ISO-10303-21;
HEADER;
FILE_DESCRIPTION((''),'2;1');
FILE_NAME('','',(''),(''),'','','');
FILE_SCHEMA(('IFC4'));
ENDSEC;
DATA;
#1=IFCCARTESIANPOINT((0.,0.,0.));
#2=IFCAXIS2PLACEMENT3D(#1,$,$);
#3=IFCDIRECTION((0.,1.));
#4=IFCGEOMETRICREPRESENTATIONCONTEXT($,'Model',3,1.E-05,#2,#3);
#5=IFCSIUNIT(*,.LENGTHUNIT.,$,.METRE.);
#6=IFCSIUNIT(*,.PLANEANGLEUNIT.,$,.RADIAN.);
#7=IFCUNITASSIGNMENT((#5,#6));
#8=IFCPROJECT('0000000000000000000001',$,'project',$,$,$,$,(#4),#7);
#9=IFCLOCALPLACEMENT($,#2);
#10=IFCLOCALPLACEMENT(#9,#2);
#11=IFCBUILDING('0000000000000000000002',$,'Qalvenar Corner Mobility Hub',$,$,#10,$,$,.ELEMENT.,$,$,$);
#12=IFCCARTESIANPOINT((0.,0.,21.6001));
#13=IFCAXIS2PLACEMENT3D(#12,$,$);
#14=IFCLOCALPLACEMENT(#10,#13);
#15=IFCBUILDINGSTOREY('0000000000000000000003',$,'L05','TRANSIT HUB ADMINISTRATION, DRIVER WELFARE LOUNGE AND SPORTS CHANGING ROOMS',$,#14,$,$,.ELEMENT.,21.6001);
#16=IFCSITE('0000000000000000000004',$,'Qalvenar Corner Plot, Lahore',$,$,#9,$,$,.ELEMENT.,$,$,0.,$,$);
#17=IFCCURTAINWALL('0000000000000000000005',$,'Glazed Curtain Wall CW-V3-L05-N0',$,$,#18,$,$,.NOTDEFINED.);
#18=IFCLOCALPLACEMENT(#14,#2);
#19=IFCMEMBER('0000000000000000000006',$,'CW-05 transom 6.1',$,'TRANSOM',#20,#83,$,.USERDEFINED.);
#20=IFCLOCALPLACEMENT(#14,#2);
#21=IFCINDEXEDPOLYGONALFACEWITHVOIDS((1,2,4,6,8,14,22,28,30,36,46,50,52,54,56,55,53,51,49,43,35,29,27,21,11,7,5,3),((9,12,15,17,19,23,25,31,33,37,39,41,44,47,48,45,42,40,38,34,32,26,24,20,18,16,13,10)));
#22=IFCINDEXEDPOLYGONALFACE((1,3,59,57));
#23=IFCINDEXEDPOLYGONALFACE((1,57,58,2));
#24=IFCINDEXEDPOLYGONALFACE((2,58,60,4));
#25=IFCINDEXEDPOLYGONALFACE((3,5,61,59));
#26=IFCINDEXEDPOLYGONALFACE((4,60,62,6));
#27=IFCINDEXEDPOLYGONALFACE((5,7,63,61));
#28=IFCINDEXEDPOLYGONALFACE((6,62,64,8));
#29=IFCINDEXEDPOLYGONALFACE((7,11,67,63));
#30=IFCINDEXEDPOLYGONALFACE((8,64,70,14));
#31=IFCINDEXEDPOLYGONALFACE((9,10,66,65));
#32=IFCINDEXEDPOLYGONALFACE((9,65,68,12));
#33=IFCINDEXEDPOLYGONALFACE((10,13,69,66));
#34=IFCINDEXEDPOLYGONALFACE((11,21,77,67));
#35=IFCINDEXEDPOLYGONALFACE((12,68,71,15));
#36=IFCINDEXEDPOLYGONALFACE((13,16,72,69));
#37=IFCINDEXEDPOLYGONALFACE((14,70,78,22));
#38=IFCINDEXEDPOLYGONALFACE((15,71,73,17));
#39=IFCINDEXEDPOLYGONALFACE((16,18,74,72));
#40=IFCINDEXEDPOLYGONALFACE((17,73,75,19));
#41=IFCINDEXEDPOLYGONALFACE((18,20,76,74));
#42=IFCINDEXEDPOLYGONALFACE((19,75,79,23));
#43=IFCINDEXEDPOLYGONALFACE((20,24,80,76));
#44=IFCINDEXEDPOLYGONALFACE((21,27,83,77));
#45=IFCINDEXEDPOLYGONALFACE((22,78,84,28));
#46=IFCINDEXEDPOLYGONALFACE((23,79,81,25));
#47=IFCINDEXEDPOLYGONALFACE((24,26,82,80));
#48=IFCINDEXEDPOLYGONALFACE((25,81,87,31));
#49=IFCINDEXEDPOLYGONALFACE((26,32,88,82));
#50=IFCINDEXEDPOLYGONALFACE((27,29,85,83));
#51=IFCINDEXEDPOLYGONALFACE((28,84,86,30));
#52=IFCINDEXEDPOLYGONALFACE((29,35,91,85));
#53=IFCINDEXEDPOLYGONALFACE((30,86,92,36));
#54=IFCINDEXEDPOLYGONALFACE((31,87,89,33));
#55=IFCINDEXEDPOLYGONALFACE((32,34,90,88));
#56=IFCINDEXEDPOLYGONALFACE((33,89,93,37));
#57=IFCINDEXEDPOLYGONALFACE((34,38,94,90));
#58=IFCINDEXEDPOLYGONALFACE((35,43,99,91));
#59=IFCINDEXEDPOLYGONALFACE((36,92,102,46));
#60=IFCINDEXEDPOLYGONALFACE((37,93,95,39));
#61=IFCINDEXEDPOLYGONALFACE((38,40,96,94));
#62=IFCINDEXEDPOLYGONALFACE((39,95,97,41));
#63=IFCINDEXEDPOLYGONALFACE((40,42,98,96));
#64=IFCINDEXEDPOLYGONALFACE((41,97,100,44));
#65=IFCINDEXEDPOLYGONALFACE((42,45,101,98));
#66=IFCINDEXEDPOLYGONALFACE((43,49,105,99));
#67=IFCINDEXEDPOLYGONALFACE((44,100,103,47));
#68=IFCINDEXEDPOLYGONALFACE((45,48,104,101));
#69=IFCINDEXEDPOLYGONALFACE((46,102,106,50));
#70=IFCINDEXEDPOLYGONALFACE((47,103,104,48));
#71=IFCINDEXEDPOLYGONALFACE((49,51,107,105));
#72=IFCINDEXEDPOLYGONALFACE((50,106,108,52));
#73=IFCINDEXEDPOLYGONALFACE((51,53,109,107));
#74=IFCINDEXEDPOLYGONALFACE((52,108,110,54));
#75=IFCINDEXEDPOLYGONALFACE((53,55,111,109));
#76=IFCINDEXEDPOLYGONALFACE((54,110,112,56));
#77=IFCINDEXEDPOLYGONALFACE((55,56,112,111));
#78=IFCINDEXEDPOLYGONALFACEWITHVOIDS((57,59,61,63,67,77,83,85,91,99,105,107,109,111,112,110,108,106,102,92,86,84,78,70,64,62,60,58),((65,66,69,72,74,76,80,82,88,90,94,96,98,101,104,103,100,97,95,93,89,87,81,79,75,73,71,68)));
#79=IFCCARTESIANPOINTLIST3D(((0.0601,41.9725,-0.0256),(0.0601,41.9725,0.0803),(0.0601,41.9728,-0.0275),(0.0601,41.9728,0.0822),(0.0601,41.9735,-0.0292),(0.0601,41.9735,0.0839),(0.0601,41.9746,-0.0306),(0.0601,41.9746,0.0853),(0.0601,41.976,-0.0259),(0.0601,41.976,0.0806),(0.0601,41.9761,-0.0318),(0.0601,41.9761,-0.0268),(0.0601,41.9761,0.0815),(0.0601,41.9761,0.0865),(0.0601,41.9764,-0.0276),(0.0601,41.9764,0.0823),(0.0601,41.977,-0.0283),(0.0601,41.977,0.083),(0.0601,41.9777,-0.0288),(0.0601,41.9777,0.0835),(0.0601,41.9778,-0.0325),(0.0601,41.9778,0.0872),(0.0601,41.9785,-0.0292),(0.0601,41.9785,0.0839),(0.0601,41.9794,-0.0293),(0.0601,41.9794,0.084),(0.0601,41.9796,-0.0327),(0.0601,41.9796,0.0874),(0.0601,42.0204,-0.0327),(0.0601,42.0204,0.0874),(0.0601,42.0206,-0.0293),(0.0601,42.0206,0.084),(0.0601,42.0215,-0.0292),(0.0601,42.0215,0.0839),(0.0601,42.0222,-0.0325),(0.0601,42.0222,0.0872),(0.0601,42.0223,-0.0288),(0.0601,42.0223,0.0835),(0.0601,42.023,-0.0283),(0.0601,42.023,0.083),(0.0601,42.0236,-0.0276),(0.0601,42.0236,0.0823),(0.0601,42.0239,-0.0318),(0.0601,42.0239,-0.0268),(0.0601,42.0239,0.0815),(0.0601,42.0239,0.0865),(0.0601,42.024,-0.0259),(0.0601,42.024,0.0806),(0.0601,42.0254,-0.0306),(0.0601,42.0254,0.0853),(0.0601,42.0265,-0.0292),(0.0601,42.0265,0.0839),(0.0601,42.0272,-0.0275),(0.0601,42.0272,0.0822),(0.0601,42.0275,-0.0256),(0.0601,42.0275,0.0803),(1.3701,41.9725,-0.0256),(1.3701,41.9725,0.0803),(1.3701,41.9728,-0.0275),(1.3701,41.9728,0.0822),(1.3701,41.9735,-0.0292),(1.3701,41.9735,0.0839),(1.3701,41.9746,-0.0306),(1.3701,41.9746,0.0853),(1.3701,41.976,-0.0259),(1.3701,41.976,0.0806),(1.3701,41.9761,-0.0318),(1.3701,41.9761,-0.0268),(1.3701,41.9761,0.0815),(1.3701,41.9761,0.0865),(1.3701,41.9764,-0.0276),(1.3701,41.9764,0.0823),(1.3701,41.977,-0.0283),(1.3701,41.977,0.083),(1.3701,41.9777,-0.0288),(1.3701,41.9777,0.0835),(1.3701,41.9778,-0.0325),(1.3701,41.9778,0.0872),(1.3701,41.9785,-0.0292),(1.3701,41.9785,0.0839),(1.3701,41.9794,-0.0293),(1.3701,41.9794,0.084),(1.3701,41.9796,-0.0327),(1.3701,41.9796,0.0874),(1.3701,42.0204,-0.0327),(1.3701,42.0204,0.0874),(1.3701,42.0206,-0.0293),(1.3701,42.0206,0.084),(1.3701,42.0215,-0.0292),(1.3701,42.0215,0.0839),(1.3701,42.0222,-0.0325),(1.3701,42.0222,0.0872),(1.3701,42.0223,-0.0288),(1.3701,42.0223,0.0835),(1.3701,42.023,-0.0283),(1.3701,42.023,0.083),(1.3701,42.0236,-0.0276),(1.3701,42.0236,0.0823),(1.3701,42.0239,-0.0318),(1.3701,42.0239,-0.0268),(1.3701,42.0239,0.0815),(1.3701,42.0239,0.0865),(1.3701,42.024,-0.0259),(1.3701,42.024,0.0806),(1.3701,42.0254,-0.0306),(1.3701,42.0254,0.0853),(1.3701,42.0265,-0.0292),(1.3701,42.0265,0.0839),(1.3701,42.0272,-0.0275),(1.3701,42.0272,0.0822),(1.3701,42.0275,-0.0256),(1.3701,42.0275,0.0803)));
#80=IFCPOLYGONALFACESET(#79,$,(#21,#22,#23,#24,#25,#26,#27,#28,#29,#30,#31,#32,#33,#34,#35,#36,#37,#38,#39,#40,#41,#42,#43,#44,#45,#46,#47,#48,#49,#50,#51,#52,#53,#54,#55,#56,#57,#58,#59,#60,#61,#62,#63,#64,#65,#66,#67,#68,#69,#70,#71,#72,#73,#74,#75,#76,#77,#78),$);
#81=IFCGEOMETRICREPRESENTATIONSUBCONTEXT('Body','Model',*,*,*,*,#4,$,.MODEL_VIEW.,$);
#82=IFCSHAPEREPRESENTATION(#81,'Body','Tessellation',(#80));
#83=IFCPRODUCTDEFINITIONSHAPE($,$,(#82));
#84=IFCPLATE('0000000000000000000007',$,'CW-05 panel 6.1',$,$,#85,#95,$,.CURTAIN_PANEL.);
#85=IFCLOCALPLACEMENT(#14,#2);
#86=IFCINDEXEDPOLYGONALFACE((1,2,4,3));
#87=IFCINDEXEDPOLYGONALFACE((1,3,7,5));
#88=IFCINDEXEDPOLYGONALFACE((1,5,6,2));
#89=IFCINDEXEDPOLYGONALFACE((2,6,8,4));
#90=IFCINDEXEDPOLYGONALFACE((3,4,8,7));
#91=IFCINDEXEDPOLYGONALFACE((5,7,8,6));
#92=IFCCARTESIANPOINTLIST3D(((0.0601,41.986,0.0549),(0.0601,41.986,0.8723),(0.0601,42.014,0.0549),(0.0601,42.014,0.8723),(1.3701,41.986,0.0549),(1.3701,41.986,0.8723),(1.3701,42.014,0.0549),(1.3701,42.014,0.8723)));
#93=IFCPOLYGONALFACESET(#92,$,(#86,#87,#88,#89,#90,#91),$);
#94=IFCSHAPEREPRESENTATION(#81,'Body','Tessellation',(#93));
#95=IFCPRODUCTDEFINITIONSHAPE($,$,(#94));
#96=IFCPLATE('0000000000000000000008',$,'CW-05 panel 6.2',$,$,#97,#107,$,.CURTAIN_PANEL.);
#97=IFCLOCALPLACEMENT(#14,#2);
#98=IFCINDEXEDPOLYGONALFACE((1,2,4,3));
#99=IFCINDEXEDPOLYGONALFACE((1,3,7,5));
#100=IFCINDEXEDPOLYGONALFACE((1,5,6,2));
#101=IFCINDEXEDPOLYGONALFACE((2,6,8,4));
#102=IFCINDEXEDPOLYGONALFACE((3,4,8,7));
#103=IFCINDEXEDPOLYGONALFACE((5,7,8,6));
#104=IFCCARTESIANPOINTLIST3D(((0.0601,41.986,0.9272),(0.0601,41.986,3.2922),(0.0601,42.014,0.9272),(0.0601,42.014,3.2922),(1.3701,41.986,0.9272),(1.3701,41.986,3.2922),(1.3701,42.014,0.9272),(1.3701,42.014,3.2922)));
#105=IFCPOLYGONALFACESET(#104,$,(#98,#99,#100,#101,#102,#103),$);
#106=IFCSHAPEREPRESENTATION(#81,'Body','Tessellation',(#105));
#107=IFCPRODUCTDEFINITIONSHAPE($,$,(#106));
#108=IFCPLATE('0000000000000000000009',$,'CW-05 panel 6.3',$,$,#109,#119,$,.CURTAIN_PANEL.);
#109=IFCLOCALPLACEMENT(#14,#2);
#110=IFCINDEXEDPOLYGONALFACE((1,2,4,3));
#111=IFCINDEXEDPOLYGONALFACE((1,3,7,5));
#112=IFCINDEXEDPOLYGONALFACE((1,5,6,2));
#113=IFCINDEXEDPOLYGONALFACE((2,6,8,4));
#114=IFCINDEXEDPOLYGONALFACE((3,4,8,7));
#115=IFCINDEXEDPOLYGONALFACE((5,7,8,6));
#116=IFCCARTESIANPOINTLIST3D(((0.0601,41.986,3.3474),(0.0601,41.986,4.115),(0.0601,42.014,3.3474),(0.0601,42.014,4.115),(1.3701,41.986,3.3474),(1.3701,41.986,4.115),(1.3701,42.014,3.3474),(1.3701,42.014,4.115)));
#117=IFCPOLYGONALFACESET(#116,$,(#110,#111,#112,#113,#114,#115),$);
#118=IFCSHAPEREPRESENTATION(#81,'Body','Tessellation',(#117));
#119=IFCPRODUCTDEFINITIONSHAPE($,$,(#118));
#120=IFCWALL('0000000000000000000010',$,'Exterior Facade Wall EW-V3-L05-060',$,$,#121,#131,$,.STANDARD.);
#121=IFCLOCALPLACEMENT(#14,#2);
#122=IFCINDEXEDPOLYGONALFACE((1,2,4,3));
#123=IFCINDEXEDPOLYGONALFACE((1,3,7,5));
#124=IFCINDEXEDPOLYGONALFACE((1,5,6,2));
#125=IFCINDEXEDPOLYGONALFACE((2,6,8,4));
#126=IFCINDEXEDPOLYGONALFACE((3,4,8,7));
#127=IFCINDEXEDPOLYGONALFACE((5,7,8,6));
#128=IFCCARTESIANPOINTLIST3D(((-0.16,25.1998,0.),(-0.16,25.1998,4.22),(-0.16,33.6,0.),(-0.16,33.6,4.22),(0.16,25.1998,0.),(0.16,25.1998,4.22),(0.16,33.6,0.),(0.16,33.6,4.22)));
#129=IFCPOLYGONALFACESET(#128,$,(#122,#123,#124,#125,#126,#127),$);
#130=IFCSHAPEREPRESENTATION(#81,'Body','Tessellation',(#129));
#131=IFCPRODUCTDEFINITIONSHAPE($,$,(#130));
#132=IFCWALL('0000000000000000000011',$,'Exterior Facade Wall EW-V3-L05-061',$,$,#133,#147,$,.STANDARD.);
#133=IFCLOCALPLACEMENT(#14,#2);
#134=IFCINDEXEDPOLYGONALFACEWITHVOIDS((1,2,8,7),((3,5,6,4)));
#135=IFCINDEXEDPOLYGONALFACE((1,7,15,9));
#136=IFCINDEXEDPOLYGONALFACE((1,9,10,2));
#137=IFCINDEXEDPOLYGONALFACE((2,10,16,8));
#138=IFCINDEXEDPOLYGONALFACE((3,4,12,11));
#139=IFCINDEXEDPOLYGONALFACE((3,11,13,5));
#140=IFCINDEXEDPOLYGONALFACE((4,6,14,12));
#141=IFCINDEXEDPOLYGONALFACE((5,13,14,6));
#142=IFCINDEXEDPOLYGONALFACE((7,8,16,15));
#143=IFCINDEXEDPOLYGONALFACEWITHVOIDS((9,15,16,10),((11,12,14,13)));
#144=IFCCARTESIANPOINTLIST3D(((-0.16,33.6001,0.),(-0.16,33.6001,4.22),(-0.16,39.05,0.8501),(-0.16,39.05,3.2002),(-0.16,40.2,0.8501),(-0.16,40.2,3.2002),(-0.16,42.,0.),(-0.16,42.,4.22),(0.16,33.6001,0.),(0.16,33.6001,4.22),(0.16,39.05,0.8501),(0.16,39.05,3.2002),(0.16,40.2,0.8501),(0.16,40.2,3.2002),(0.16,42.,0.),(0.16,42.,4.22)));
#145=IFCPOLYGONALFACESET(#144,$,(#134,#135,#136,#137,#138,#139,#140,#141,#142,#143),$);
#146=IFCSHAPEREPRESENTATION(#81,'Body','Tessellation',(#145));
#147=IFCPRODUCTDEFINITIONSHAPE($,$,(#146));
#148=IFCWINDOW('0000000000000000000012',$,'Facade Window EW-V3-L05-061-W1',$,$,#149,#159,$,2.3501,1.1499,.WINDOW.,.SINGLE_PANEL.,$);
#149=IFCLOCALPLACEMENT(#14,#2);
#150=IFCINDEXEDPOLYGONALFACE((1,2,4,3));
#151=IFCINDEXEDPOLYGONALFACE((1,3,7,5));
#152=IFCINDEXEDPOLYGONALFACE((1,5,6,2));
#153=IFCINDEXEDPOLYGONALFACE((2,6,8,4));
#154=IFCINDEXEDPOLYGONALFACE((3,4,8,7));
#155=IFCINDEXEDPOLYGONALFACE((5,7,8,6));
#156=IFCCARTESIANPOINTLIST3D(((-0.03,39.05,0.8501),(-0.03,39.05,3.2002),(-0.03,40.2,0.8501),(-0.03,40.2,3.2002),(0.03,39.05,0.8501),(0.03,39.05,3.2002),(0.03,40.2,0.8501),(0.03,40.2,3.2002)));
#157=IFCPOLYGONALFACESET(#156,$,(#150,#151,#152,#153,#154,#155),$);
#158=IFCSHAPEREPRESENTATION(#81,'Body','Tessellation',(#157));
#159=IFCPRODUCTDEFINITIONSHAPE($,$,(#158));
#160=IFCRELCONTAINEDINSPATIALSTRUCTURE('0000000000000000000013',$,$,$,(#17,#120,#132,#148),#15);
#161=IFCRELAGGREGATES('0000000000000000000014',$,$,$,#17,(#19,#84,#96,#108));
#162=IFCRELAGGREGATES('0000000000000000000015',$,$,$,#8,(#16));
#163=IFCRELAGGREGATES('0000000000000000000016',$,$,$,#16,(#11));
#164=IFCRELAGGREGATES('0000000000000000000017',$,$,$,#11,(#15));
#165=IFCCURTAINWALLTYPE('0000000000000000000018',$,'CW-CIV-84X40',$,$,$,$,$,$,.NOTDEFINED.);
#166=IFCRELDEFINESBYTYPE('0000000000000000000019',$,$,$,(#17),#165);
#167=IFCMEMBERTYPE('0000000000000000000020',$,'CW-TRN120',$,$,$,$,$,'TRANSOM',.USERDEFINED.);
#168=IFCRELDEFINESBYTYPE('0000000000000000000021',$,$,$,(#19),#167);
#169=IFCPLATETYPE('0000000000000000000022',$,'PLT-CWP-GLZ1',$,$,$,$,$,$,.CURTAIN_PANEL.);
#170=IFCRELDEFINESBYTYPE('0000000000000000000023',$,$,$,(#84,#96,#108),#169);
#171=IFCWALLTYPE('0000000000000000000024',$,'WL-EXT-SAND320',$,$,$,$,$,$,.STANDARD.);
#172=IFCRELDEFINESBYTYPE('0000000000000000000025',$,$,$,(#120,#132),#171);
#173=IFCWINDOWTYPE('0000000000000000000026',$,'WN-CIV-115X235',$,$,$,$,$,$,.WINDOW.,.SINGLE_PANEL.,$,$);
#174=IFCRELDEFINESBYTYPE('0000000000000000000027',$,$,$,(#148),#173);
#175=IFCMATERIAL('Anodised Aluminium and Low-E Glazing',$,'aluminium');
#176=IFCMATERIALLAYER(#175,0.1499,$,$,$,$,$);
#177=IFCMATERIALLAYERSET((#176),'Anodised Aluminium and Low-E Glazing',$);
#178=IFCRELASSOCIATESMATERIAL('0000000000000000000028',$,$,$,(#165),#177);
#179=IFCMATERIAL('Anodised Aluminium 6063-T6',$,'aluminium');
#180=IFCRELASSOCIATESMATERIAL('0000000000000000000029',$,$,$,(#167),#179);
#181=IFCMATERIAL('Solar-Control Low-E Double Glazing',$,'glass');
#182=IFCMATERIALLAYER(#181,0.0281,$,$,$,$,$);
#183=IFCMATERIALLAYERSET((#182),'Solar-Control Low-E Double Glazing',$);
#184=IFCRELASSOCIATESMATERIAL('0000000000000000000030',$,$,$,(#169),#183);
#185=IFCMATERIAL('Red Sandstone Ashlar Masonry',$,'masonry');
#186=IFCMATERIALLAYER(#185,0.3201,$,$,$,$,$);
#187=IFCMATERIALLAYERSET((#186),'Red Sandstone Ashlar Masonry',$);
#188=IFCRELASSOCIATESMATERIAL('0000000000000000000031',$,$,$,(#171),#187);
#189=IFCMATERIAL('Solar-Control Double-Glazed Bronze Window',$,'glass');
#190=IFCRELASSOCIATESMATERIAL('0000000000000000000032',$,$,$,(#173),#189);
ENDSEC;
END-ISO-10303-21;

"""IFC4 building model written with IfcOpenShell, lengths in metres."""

from ifc_helpers import new_model, si_unit, direction, frame, frame_2d, origin, origin_2d, place, context, subcontext, project, spatial, rectangle, hollow_rectangle, extrude, material, layer, layer_set, material_profile, profile_set, type_object, element, fill, aggregate, save


model = new_model("IFC4")

# Units and contexts
model_context = context("Model", 3, precision=1e-05, world=origin(), true_north=direction((0.0, 1.0)))
body_context = subcontext(model_context, "Body", "Model", "MODEL_VIEW")
ifc_project = project(units=[si_unit("LENGTHUNIT", "METRE"), si_unit("PLANEANGLEUNIT", "RADIAN")], contexts=[model_context])

# Site, building, storey
site_placement = place(None, origin())
site = spatial("IfcSite", under=ifc_project, at=site_placement, Name="Qalvenar Corner Plot, Lahore", CompositionType="ELEMENT", RefElevation=0.0)
building_placement = place(site_placement, origin())
building = spatial("IfcBuilding", under=site, at=building_placement, Name="Qalvenar Corner Mobility Hub", CompositionType="ELEMENT")
storey_placement = place(building_placement, frame((0.0, 0.0, 21.6001)))
storey = spatial("IfcBuildingStorey", under=building, at=storey_placement, Name="L05", Description="TRANSIT HUB ADMINISTRATION, DRIVER WELFARE LOUNGE AND SPORTS CHANGING ROOMS", CompositionType="ELEMENT", Elevation=21.6001)

# Shared definitions
ifc_material_1 = material(Name="Anodised Aluminium and Low-E Glazing", Category="aluminium")
ifc_layer_1 = layer(ifc_material_1, 0.1499)
ifc_layer_set_1 = layer_set([ifc_layer_1], Name="Anodised Aluminium and Low-E Glazing")
curtain_wall_type = type_object("IfcCurtainWallType", Name="CW-CIV-84X40", PredefinedType="NOTDEFINED", material=ifc_layer_set_1)
ifc_material_2 = material(Name="Anodised Aluminium 6063-T6", Category="aluminium")

# Curtain wall, member, plates
curtain_wall_1_placement = place(storey_placement, origin())
curtain_wall_1 = element("IfcCurtainWall", 1, at=curtain_wall_1_placement, inside=storey, type_object=curtain_wall_type, Name="Glazed Curtain Wall CW-V3-L05-N0", PredefinedType="NOTDEFINED")
ifc_material_profile_1 = material_profile(ifc_material_2, hollow_rectangle(XDim=0.0549, YDim=0.1201, WallThickness=0.0034, InnerFilletRadius=0.0034, OuterFilletRadius=0.0071, at=origin_2d()), Name="RHS120x55x3.5")
ifc_profile_set_1 = profile_set([ifc_material_profile_1], Name="Anodised Aluminium 6063-T6")
member_type_1 = type_object("IfcMemberType", Name="CW-TRN120", ElementType="TRANSOM", PredefinedType="USERDEFINED", material=ifc_profile_set_1)
member_1_placement = place(storey_placement, frame((1.3701, 42.0, 0.0273), z_axis=(-1.0, 0.0, 0.0), x_axis=(0.0, -1.0, 0.0)))
member_1 = element("IfcMember", 2, at=member_1_placement, type_object=member_type_1, Name="CW-05 transom 6.1", ObjectType="TRANSOM", PredefinedType="USERDEFINED", context=body_context, shape_type="SweptSolid", body=[
    extrude(hollow_rectangle(XDim=0.0549, YDim=0.1201, WallThickness=0.0034, InnerFilletRadius=0.0034, OuterFilletRadius=0.0071, at=origin_2d()), origin(), (0.0, 0.0, 1.0), 1.3101),
])
ifc_material_3 = material(Name="Solar-Control Low-E Double Glazing", Category="glass")
ifc_layer_2 = layer(ifc_material_3, 0.0281)
ifc_layer_set_2 = layer_set([ifc_layer_2], Name="Solar-Control Low-E Double Glazing")
plate_type = type_object("IfcPlateType", Name="PLT-CWP-GLZ1", PredefinedType="CURTAIN_PANEL", material=ifc_layer_set_2)
plate_1_placement = place(storey_placement, frame((0.7151, 42.0, 0.0549), z_axis=(0.0, 0.0, 1.0), x_axis=(-1.0, 0.0, 0.0)))
plate_1 = element("IfcPlate", 3, at=plate_1_placement, type_object=plate_type, Name="CW-05 panel 6.1", PredefinedType="CURTAIN_PANEL", context=body_context, shape_type="SweptSolid", body=[
    extrude(rectangle(XDim=1.3101, YDim=0.0281, at=origin_2d()), origin(), (0.0, 0.0, 1.0), 0.8174),
])
plate_2_placement = place(storey_placement, frame((0.7151, 42.0, 0.9272), z_axis=(0.0, 0.0, 1.0), x_axis=(-1.0, 0.0, 0.0)))
plate_2 = element("IfcPlate", 4, at=plate_2_placement, type_object=plate_type, Name="CW-05 panel 6.2", PredefinedType="CURTAIN_PANEL", context=body_context, shape_type="SweptSolid", body=[
    extrude(rectangle(XDim=1.3101, YDim=0.0281, at=origin_2d()), origin(), (0.0, 0.0, 1.0), 2.365),
])
plate_3_placement = place(storey_placement, frame((0.7151, 42.0, 3.3474), z_axis=(0.0, 0.0, 1.0), x_axis=(-1.0, 0.0, 0.0)))
plate_3 = element("IfcPlate", 5, at=plate_3_placement, type_object=plate_type, Name="CW-05 panel 6.3", PredefinedType="CURTAIN_PANEL", context=body_context, shape_type="SweptSolid", body=[
    extrude(rectangle(XDim=1.3101, YDim=0.0281, at=origin_2d()), origin(), (0.0, 0.0, 1.0), 0.7676),
])
aggregate(curtain_wall_1, [member_1, plate_1, plate_2, plate_3])

# Wall
ifc_material_4 = material(Name="Red Sandstone Ashlar Masonry", Category="masonry")
ifc_layer_3 = layer(ifc_material_4, 0.3201)
ifc_layer_set_3 = layer_set([ifc_layer_3], Name="Red Sandstone Ashlar Masonry")
wall_type = type_object("IfcWallType", Name="WL-EXT-SAND320", PredefinedType="STANDARD", material=ifc_layer_set_3)
wall_1_placement = place(storey_placement, frame((0.0, 33.6001, 0.0), z_axis=(0.0, 0.0, 1.0), x_axis=(0.0, -1.0, 0.0)))
element("IfcWall", 6, at=wall_1_placement, inside=storey, type_object=wall_type, Name="Exterior Facade Wall EW-V3-L05-060", PredefinedType="STANDARD", context=body_context, shape_type="SweptSolid", body=[
    extrude(rectangle(XDim=8.4001, YDim=0.3201, at=frame_2d((4.2002, 0.0))), origin(), (0.0, 0.0, 1.0), 4.22),
])

# Wall, opening, window
wall_2_placement = place(storey_placement, frame((0.0, 42.0, 0.0), z_axis=(0.0, 0.0, 1.0), x_axis=(0.0, -1.0, 0.0)))
wall_2 = element("IfcWall", 7, at=wall_2_placement, inside=storey, type_object=wall_type, Name="Exterior Facade Wall EW-V3-L05-061", PredefinedType="STANDARD", context=body_context, shape_type="SweptSolid", body=[
    extrude(rectangle(XDim=8.3999, YDim=0.3201, at=frame_2d((4.2, 0.0))), origin(), (0.0, 0.0, 1.0), 4.22),
])
opening_placement = place(wall_2_placement, frame((1.8, 0.0, 0.8501)))
opening = element("IfcOpeningElement", 8, at=opening_placement, cuts=wall_2, PredefinedType="OPENING", context=body_context, shape_type="SweptSolid", body=[
    extrude(rectangle(XDim=1.1499, YDim=2.3501, at=frame_2d((0.575, 1.175))), frame((0.0, 0.1699, 0.0), z_axis=(0.0, -1.0, 0.0), x_axis=(1.0, 0.0, 0.0)), (0.0, 0.0, 1.0), 0.3401),
])
ifc_material_5 = material(Name="Solar-Control Double-Glazed Bronze Window", Category="glass")
window_type = type_object("IfcWindowType", Name="WN-CIV-115X235", PartitioningType="SINGLE_PANEL", PredefinedType="WINDOW", material=ifc_material_5)
window_placement = place(opening_placement, origin())
window = element("IfcWindow", 9, at=window_placement, inside=storey, type_object=window_type, Name="Facade Window EW-V3-L05-061-W1", OverallHeight=2.3501, OverallWidth=1.1499, PartitioningType="SINGLE_PANEL", PredefinedType="WINDOW", context=body_context, shape_type="SweptSolid", body=[
    extrude(rectangle(XDim=1.1499, YDim=2.3501, at=frame_2d((0.575, 1.175))), frame((0.0, 0.03, 0.0), z_axis=(0.0, -1.0, 0.0), x_axis=(1.0, 0.0, 0.0)), (0.0, 0.0, 1.0), 0.0601),
])
fill(opening, window)

save(model, "model.ifc")
